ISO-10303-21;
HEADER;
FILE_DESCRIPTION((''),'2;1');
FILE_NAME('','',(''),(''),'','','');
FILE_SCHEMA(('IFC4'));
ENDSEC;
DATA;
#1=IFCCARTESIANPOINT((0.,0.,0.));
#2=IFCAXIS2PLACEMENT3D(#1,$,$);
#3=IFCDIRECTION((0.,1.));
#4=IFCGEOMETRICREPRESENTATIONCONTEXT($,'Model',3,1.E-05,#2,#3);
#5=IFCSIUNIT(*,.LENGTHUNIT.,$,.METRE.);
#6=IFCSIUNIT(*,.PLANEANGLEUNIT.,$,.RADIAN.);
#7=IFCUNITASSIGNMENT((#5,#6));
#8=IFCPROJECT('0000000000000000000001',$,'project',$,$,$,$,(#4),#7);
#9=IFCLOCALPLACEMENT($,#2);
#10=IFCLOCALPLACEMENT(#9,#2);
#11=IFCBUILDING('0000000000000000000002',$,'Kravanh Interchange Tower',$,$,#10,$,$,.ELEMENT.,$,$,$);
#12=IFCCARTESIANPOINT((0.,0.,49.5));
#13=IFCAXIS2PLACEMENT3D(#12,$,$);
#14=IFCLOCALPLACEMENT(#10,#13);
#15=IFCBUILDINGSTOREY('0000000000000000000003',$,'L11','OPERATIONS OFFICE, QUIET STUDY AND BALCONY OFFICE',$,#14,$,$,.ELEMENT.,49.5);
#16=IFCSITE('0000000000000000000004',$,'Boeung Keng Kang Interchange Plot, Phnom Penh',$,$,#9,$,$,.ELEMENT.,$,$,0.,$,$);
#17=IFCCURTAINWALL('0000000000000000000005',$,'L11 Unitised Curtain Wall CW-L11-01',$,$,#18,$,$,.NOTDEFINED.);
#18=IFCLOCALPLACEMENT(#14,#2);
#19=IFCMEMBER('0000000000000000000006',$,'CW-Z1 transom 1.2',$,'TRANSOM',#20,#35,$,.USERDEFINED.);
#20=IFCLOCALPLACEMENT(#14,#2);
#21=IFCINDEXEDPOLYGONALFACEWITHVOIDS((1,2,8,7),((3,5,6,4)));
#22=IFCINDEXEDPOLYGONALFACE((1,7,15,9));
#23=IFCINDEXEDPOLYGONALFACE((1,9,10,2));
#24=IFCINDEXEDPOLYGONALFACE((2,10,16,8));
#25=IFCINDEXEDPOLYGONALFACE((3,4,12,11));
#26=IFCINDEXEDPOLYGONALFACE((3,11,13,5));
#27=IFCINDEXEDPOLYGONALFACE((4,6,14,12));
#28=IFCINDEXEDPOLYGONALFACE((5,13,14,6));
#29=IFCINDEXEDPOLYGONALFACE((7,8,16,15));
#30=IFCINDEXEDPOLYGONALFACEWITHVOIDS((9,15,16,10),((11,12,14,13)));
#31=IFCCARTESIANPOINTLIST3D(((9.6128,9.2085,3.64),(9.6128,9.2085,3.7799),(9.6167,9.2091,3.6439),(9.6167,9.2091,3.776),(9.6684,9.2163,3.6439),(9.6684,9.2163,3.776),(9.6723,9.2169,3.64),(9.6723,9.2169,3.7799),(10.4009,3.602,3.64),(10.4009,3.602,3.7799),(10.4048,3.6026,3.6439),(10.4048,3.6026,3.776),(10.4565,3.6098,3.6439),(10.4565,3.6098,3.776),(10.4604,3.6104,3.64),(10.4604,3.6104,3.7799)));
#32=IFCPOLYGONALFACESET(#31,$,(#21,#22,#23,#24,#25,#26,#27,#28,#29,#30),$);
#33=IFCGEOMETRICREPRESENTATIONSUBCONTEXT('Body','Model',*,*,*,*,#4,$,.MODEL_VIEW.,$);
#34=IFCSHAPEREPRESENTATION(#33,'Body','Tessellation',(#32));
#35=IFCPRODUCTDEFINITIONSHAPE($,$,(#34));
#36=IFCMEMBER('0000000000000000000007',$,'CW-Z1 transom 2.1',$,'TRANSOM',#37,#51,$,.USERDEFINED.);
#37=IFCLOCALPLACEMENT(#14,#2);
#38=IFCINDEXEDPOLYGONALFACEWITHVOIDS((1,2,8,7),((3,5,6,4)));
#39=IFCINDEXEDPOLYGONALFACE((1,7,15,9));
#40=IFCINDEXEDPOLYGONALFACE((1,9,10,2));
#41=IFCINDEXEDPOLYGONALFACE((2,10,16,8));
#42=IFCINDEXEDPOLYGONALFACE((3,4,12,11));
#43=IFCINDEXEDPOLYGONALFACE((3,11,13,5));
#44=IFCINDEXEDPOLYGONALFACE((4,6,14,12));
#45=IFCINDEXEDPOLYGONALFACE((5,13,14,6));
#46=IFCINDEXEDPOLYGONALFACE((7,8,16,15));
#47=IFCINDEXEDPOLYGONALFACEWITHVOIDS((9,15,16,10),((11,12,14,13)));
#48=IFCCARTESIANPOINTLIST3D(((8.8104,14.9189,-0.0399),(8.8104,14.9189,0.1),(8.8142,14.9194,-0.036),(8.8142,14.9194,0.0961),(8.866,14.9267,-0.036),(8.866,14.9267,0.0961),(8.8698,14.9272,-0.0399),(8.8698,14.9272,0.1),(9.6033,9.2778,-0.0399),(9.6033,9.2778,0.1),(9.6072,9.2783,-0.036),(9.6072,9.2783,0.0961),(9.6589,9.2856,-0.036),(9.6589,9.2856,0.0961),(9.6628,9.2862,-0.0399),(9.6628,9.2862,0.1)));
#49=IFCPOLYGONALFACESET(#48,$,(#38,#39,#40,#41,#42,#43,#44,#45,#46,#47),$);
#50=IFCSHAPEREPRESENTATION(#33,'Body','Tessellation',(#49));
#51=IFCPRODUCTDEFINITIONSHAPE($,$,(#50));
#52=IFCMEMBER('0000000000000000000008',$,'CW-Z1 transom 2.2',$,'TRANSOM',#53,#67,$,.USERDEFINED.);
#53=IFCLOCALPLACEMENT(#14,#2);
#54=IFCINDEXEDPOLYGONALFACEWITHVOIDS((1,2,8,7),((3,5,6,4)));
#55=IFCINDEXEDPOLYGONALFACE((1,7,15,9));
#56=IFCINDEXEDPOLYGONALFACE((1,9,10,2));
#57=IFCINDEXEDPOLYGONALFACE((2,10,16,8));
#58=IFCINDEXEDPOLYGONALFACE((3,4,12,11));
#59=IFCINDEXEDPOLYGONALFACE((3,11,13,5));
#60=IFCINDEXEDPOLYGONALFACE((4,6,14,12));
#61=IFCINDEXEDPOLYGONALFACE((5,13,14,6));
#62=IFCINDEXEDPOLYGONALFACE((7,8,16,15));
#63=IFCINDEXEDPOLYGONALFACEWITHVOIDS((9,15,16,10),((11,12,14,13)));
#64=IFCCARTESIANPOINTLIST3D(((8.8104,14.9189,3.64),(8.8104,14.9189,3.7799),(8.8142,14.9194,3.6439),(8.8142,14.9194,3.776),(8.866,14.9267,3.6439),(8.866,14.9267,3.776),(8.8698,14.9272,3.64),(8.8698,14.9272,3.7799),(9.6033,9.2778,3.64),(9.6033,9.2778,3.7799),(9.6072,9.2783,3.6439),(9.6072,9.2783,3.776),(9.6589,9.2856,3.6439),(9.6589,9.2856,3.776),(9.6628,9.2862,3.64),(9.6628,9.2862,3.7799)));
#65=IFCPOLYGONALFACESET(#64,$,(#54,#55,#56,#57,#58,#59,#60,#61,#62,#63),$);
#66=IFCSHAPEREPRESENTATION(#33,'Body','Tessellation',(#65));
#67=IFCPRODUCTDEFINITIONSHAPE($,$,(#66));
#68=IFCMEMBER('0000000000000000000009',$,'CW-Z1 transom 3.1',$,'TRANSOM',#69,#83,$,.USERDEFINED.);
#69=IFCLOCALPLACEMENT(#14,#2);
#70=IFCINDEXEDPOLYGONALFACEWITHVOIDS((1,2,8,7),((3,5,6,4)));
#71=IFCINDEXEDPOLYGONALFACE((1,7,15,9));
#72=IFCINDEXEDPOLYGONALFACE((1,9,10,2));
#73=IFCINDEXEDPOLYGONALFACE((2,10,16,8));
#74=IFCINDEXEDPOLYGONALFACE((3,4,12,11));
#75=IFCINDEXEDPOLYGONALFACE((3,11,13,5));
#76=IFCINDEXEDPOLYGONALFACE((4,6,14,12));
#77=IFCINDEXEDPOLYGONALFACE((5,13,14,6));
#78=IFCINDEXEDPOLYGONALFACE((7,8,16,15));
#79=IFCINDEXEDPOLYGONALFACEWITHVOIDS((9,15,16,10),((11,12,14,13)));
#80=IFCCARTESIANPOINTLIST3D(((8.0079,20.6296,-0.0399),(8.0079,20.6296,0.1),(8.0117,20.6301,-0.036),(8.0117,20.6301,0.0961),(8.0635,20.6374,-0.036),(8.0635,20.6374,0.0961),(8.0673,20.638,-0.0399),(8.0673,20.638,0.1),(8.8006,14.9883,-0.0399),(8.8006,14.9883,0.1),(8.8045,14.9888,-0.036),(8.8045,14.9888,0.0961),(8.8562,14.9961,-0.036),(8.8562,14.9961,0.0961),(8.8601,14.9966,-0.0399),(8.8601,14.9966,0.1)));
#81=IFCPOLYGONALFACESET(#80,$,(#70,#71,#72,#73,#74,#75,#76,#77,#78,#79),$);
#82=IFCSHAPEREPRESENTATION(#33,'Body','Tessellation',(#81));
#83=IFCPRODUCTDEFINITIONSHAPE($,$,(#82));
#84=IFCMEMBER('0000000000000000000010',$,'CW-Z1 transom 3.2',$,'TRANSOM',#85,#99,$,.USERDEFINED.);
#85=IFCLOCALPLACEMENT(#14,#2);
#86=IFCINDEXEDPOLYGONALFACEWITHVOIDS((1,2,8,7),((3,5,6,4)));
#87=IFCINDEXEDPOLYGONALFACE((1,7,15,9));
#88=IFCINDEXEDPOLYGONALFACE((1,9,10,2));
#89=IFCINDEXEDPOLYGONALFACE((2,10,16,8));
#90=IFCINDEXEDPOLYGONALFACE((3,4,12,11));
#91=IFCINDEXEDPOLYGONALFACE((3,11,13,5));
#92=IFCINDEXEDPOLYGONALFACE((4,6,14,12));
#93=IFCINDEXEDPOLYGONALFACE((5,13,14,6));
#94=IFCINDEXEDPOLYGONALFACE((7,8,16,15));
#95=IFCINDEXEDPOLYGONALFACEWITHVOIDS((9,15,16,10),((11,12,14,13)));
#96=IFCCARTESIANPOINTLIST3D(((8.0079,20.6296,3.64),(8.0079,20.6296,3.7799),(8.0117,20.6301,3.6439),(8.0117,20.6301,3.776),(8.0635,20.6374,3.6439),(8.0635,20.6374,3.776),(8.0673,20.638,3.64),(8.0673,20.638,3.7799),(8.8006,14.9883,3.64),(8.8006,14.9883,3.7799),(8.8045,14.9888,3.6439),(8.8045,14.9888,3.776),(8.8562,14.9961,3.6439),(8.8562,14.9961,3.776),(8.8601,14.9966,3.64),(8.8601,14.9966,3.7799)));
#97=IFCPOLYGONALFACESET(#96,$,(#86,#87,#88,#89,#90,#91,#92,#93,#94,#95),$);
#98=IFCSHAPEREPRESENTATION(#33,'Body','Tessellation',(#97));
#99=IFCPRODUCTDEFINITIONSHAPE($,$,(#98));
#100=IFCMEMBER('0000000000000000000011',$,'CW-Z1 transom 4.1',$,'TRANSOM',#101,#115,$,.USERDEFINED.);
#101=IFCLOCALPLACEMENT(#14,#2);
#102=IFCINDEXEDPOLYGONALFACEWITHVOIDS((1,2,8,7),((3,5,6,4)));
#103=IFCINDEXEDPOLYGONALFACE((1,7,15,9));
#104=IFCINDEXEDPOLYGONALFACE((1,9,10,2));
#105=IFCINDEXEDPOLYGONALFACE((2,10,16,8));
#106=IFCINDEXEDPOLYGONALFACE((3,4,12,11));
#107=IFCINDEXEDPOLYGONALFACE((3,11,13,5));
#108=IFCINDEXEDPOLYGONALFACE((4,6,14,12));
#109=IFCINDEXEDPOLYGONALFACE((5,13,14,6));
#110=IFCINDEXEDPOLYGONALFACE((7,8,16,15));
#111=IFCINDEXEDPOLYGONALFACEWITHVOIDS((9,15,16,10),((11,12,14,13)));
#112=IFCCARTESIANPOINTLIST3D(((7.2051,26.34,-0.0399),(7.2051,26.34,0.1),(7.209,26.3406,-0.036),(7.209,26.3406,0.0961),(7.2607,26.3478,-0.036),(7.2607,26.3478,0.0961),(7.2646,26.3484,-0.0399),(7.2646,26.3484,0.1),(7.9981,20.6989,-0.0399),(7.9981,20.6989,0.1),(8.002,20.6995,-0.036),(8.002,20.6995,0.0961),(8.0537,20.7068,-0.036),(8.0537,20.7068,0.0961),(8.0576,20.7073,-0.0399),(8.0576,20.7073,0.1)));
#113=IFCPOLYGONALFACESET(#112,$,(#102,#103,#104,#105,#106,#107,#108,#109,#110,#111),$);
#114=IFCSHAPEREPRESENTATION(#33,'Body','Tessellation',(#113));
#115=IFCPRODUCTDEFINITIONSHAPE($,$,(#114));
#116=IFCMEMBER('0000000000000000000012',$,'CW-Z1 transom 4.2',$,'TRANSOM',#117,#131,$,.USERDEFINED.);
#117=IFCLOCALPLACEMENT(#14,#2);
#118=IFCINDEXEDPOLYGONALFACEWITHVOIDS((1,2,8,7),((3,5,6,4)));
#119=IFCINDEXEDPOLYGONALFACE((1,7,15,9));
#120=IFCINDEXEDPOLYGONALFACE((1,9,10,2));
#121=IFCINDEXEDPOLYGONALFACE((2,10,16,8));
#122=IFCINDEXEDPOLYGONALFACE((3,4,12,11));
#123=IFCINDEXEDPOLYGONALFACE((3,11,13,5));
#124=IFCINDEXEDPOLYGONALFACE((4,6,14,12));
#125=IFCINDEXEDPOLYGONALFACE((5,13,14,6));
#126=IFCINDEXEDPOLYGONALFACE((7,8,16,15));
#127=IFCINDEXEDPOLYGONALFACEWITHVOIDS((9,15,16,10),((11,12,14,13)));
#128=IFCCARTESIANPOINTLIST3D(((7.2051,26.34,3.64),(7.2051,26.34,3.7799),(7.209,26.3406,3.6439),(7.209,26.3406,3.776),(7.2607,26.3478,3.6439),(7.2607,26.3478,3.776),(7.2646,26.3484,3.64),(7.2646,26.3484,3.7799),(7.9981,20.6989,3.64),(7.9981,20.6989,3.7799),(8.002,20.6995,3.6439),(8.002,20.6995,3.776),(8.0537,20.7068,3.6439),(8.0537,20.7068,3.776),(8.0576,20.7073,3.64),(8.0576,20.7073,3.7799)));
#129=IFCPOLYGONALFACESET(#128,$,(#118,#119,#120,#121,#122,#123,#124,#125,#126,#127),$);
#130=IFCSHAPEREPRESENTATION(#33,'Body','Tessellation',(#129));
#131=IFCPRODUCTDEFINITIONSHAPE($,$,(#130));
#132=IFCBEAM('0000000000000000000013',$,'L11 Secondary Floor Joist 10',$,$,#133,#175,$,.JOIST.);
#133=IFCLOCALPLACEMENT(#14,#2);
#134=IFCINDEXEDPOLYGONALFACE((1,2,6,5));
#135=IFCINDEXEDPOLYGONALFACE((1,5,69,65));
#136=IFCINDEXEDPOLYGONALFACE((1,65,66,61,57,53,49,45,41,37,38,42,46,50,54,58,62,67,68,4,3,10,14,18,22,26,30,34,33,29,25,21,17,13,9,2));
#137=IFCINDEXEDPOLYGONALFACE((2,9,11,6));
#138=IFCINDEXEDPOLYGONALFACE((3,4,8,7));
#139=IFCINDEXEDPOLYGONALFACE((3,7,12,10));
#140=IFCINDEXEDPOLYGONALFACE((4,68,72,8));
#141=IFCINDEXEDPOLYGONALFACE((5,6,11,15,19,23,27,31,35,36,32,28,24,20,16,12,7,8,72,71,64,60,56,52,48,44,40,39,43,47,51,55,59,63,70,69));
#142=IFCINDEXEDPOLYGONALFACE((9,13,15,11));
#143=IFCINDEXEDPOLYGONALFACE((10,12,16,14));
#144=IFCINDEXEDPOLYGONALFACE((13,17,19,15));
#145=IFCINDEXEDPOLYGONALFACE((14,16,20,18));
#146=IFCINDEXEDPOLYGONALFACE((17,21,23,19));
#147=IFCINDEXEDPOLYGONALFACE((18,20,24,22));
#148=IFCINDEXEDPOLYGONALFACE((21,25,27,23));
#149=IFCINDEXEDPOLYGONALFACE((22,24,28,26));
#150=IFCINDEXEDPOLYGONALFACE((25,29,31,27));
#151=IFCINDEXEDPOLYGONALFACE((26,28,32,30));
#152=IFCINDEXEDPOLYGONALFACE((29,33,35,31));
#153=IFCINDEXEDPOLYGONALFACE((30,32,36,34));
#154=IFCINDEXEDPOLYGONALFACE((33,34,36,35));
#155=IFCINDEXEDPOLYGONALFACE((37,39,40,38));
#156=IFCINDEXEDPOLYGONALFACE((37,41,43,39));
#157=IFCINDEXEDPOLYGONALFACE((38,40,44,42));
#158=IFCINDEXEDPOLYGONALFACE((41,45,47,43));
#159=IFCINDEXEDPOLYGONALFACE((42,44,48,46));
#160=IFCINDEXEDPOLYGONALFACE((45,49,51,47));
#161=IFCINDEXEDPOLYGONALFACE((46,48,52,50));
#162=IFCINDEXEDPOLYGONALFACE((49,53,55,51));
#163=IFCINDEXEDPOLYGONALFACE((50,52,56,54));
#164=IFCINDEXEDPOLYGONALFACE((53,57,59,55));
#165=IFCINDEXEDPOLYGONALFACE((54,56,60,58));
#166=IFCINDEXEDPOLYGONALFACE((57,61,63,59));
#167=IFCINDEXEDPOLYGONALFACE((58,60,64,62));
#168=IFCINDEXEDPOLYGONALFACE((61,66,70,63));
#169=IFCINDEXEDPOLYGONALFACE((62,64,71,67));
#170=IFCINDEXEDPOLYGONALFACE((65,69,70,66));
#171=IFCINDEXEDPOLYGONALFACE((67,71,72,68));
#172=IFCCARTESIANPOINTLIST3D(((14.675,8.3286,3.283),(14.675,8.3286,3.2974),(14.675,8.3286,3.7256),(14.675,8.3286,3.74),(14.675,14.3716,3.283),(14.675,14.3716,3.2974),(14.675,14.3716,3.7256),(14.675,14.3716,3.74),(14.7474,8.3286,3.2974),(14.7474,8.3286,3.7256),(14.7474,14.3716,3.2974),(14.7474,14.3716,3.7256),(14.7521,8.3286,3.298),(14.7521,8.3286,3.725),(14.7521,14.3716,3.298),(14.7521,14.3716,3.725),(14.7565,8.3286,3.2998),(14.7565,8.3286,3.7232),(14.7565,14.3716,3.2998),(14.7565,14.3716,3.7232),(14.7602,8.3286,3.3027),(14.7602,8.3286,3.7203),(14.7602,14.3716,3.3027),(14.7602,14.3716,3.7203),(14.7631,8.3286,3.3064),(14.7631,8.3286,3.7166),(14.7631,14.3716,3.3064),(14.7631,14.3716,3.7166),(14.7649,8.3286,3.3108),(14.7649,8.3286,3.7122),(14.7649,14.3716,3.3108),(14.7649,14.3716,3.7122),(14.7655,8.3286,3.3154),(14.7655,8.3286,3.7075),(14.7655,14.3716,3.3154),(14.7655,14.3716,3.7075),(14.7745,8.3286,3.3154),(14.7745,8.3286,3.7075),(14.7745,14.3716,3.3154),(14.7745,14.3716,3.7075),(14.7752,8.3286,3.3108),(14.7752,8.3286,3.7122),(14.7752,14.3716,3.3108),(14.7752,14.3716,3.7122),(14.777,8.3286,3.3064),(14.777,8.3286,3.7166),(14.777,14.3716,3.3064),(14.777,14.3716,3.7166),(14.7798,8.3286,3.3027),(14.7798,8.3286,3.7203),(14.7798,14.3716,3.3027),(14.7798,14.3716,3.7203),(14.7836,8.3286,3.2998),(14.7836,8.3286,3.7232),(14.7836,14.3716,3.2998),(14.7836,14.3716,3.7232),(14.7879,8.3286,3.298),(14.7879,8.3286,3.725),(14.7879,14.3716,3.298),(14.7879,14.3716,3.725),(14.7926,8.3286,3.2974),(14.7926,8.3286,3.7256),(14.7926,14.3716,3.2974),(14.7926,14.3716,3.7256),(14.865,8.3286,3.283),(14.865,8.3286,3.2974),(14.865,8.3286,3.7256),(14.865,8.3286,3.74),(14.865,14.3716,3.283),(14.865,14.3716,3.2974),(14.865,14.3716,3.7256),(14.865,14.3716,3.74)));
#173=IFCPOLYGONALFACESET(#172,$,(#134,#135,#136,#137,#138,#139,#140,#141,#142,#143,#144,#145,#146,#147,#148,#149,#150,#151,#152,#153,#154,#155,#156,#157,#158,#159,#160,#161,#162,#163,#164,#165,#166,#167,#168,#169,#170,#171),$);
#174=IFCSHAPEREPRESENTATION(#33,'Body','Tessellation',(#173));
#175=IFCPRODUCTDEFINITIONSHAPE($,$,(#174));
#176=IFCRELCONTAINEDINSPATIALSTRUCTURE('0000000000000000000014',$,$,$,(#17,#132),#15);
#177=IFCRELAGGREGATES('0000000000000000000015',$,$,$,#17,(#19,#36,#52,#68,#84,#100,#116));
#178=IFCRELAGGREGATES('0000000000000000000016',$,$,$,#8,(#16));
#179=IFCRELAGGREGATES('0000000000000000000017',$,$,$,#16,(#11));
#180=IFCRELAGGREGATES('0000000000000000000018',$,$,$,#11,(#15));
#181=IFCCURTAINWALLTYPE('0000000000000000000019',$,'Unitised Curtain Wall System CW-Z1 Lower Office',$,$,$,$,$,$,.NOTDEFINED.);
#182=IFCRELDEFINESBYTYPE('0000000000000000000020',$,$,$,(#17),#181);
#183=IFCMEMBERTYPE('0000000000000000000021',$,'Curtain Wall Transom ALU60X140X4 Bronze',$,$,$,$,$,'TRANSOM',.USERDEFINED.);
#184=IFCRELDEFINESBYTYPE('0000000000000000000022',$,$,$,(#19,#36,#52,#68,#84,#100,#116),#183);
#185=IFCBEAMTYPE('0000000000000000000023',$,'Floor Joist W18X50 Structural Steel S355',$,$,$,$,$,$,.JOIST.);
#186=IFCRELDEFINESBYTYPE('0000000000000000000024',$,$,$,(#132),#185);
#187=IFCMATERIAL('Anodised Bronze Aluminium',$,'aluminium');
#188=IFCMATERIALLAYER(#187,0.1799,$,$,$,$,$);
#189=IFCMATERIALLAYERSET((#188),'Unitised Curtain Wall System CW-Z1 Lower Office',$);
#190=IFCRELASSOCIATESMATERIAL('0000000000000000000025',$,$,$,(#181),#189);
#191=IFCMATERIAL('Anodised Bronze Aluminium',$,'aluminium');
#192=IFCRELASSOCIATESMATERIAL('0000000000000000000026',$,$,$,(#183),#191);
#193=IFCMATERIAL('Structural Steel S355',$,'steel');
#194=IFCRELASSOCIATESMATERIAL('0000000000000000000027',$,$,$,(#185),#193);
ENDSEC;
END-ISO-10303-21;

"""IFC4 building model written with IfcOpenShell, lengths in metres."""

from ifc_helpers import new_model, si_unit, direction, frame, origin, origin_2d, place, context, subcontext, project, spatial, hollow_rectangle, i_section, extrude, material, layer, layer_set, material_profile, profile_set, type_object, element, aggregate, save


model = new_model("IFC4")

# Units and contexts
model_context = context("Model", 3, precision=1e-05, world=origin(), true_north=direction((0.0, 1.0)))
body_context = subcontext(model_context, "Body", "Model", "MODEL_VIEW")
ifc_project = project(units=[si_unit("LENGTHUNIT", "METRE"), si_unit("PLANEANGLEUNIT", "RADIAN")], contexts=[model_context])

# Site, building, storey
site_placement = place(None, origin())
site = spatial("IfcSite", under=ifc_project, at=site_placement, Name="Boeung Keng Kang Interchange Plot, Phnom Penh", CompositionType="ELEMENT", RefElevation=0.0)
building_placement = place(site_placement, origin())
building = spatial("IfcBuilding", under=site, at=building_placement, Name="Kravanh Interchange Tower", CompositionType="ELEMENT")
storey_placement = place(building_placement, frame((0.0, 0.0, 49.5)))
storey = spatial("IfcBuildingStorey", under=building, at=storey_placement, Name="L11", Description="OPERATIONS OFFICE, QUIET STUDY AND BALCONY OFFICE", CompositionType="ELEMENT", Elevation=49.5)

# Curtain wall, members
ifc_material_1 = material(Name="Anodised Bronze Aluminium", Category="aluminium")
ifc_layer_1 = layer(ifc_material_1, 0.1799)
ifc_layer_set_1 = layer_set([ifc_layer_1], Name="Unitised Curtain Wall System CW-Z1 Lower Office")
curtain_wall_type = type_object("IfcCurtainWallType", Name="Unitised Curtain Wall System CW-Z1 Lower Office", PredefinedType="NOTDEFINED", material=ifc_layer_set_1)
curtain_wall_placement = place(storey_placement, origin())
curtain_wall = element("IfcCurtainWall", 1, at=curtain_wall_placement, inside=storey, type_object=curtain_wall_type, Name="L11 Unitised Curtain Wall CW-L11-01", PredefinedType="NOTDEFINED")
ifc_material_2 = material(Name="Anodised Bronze Aluminium", Category="aluminium")
ifc_material_profile_1 = material_profile(ifc_material_2, hollow_rectangle(XDim=0.0601, YDim=0.1399, WallThickness=0.0039, at=origin_2d()), Name="ALU60X140X4")
ifc_profile_set_1 = profile_set([ifc_material_profile_1], Name="Anodised Bronze Aluminium")
member_type_1 = type_object("IfcMemberType", Name="Curtain Wall Transom ALU60X140X4 Bronze", ElementType="TRANSOM", PredefinedType="USERDEFINED", material=ifc_profile_set_1)
member_1_placement = place(storey_placement, frame((10.4307, 3.6062, 3.71), z_axis=(-0.139199, 0.990264, 0.0), x_axis=(-0.990264, -0.139199, 0.0)))
member_1 = element("IfcMember", 2, at=member_1_placement, type_object=member_type_1, Name="CW-Z1 transom 1.2", ObjectType="TRANSOM", PredefinedType="USERDEFINED", context=body_context, shape_type="SweptSolid", body=[
    extrude(hollow_rectangle(XDim=0.0601, YDim=0.1399, WallThickness=0.0039, at=origin_2d()), origin(), (0.0, 0.0, 1.0), 5.6616),
])
member_2_placement = place(storey_placement, frame((9.6331, 9.282, 0.03), z_axis=(-0.139201, 0.990264, 0.0), x_axis=(-0.990264, -0.139201, 0.0)))
member_2 = element("IfcMember", 3, at=member_2_placement, type_object=member_type_1, Name="CW-Z1 transom 2.1", ObjectType="TRANSOM", PredefinedType="USERDEFINED", context=body_context, shape_type="SweptSolid", body=[
    extrude(hollow_rectangle(XDim=0.0601, YDim=0.1399, WallThickness=0.0039, at=origin_2d()), origin(), (0.0, 0.0, 1.0), 5.6965),
])
member_3_placement = place(storey_placement, frame((9.6331, 9.282, 3.71), z_axis=(-0.139201, 0.990264, 0.0), x_axis=(-0.990264, -0.139201, 0.0)))
member_3 = element("IfcMember", 4, at=member_3_placement, type_object=member_type_1, Name="CW-Z1 transom 2.2", ObjectType="TRANSOM", PredefinedType="USERDEFINED", context=body_context, shape_type="SweptSolid", body=[
    extrude(hollow_rectangle(XDim=0.0601, YDim=0.1399, WallThickness=0.0039, at=origin_2d()), origin(), (0.0, 0.0, 1.0), 5.6965),
])
member_4_placement = place(storey_placement, frame((8.8303, 14.9924, 0.03), z_axis=(-0.139153, 0.990271, 0.0), x_axis=(-0.990271, -0.139153, 0.0)))
member_4 = element("IfcMember", 5, at=member_4_placement, type_object=member_type_1, Name="CW-Z1 transom 3.1", ObjectType="TRANSOM", PredefinedType="USERDEFINED", context=body_context, shape_type="SweptSolid", body=[
    extrude(hollow_rectangle(XDim=0.0601, YDim=0.1399, WallThickness=0.0039, at=origin_2d()), origin(), (0.0, 0.0, 1.0), 5.6968),
])
member_5_placement = place(storey_placement, frame((8.8303, 14.9924, 3.71), z_axis=(-0.139153, 0.990271, 0.0), x_axis=(-0.990271, -0.139153, 0.0)))
member_5 = element("IfcMember", 6, at=member_5_placement, type_object=member_type_1, Name="CW-Z1 transom 3.2", ObjectType="TRANSOM", PredefinedType="USERDEFINED", context=body_context, shape_type="SweptSolid", body=[
    extrude(hollow_rectangle(XDim=0.0601, YDim=0.1399, WallThickness=0.0039, at=origin_2d()), origin(), (0.0, 0.0, 1.0), 5.6968),
])
member_6_placement = place(storey_placement, frame((8.0278, 20.7031, 0.03), z_axis=(-0.139201, 0.990264, 0.0), x_axis=(-0.990264, -0.139201, 0.0)))
member_6 = element("IfcMember", 7, at=member_6_placement, type_object=member_type_1, Name="CW-Z1 transom 4.1", ObjectType="TRANSOM", PredefinedType="USERDEFINED", context=body_context, shape_type="SweptSolid", body=[
    extrude(hollow_rectangle(XDim=0.0601, YDim=0.1399, WallThickness=0.0039, at=origin_2d()), origin(), (0.0, 0.0, 1.0), 5.6965),
])
member_7_placement = place(storey_placement, frame((8.0278, 20.7031, 3.71), z_axis=(-0.139201, 0.990264, 0.0), x_axis=(-0.990264, -0.139201, 0.0)))
member_7 = element("IfcMember", 8, at=member_7_placement, type_object=member_type_1, Name="CW-Z1 transom 4.2", ObjectType="TRANSOM", PredefinedType="USERDEFINED", context=body_context, shape_type="SweptSolid", body=[
    extrude(hollow_rectangle(XDim=0.0601, YDim=0.1399, WallThickness=0.0039, at=origin_2d()), origin(), (0.0, 0.0, 1.0), 5.6965),
])

# Beam
ifc_material_3 = material(Name="Structural Steel S355", Category="steel")
ifc_material_profile_2 = material_profile(ifc_material_3, i_section(OverallWidth=0.1899, OverallDepth=0.457, WebThickness=0.009, FlangeThickness=0.0144, FilletRadius=0.0181, at=origin_2d()), Name="W18X50")
ifc_profile_set_2 = profile_set([ifc_material_profile_2], Name="Structural Steel S355")
beam_type_1 = type_object("IfcBeamType", Name="Floor Joist W18X50 Structural Steel S355", PredefinedType="JOIST", material=ifc_profile_set_2)
for number, where, z_axis, x_axis, name in (
    (9, (14.77, 8.3286, 3.5115), (0.0, 1.0, 0.0), (-1.0, 0.0, 0.0), "L11 Secondary Floor Joist 10"),
):
    element("IfcBeam", number, at=place(storey_placement, frame(where, z_axis=z_axis, x_axis=x_axis)), inside=storey, type_object=beam_type_1, Name=name, PredefinedType="JOIST", context=body_context, shape_type="SweptSolid", body=[
        extrude(i_section(OverallWidth=0.1899, OverallDepth=0.457, WebThickness=0.009, FlangeThickness=0.0144, FilletRadius=0.0181, at=origin_2d()), origin(), (0.0, 0.0, 1.0), 6.043),
    ])

aggregate(curtain_wall, [member_1, member_2, member_3, member_4, member_5, member_6, member_7])

save(model, "model.ifc")
